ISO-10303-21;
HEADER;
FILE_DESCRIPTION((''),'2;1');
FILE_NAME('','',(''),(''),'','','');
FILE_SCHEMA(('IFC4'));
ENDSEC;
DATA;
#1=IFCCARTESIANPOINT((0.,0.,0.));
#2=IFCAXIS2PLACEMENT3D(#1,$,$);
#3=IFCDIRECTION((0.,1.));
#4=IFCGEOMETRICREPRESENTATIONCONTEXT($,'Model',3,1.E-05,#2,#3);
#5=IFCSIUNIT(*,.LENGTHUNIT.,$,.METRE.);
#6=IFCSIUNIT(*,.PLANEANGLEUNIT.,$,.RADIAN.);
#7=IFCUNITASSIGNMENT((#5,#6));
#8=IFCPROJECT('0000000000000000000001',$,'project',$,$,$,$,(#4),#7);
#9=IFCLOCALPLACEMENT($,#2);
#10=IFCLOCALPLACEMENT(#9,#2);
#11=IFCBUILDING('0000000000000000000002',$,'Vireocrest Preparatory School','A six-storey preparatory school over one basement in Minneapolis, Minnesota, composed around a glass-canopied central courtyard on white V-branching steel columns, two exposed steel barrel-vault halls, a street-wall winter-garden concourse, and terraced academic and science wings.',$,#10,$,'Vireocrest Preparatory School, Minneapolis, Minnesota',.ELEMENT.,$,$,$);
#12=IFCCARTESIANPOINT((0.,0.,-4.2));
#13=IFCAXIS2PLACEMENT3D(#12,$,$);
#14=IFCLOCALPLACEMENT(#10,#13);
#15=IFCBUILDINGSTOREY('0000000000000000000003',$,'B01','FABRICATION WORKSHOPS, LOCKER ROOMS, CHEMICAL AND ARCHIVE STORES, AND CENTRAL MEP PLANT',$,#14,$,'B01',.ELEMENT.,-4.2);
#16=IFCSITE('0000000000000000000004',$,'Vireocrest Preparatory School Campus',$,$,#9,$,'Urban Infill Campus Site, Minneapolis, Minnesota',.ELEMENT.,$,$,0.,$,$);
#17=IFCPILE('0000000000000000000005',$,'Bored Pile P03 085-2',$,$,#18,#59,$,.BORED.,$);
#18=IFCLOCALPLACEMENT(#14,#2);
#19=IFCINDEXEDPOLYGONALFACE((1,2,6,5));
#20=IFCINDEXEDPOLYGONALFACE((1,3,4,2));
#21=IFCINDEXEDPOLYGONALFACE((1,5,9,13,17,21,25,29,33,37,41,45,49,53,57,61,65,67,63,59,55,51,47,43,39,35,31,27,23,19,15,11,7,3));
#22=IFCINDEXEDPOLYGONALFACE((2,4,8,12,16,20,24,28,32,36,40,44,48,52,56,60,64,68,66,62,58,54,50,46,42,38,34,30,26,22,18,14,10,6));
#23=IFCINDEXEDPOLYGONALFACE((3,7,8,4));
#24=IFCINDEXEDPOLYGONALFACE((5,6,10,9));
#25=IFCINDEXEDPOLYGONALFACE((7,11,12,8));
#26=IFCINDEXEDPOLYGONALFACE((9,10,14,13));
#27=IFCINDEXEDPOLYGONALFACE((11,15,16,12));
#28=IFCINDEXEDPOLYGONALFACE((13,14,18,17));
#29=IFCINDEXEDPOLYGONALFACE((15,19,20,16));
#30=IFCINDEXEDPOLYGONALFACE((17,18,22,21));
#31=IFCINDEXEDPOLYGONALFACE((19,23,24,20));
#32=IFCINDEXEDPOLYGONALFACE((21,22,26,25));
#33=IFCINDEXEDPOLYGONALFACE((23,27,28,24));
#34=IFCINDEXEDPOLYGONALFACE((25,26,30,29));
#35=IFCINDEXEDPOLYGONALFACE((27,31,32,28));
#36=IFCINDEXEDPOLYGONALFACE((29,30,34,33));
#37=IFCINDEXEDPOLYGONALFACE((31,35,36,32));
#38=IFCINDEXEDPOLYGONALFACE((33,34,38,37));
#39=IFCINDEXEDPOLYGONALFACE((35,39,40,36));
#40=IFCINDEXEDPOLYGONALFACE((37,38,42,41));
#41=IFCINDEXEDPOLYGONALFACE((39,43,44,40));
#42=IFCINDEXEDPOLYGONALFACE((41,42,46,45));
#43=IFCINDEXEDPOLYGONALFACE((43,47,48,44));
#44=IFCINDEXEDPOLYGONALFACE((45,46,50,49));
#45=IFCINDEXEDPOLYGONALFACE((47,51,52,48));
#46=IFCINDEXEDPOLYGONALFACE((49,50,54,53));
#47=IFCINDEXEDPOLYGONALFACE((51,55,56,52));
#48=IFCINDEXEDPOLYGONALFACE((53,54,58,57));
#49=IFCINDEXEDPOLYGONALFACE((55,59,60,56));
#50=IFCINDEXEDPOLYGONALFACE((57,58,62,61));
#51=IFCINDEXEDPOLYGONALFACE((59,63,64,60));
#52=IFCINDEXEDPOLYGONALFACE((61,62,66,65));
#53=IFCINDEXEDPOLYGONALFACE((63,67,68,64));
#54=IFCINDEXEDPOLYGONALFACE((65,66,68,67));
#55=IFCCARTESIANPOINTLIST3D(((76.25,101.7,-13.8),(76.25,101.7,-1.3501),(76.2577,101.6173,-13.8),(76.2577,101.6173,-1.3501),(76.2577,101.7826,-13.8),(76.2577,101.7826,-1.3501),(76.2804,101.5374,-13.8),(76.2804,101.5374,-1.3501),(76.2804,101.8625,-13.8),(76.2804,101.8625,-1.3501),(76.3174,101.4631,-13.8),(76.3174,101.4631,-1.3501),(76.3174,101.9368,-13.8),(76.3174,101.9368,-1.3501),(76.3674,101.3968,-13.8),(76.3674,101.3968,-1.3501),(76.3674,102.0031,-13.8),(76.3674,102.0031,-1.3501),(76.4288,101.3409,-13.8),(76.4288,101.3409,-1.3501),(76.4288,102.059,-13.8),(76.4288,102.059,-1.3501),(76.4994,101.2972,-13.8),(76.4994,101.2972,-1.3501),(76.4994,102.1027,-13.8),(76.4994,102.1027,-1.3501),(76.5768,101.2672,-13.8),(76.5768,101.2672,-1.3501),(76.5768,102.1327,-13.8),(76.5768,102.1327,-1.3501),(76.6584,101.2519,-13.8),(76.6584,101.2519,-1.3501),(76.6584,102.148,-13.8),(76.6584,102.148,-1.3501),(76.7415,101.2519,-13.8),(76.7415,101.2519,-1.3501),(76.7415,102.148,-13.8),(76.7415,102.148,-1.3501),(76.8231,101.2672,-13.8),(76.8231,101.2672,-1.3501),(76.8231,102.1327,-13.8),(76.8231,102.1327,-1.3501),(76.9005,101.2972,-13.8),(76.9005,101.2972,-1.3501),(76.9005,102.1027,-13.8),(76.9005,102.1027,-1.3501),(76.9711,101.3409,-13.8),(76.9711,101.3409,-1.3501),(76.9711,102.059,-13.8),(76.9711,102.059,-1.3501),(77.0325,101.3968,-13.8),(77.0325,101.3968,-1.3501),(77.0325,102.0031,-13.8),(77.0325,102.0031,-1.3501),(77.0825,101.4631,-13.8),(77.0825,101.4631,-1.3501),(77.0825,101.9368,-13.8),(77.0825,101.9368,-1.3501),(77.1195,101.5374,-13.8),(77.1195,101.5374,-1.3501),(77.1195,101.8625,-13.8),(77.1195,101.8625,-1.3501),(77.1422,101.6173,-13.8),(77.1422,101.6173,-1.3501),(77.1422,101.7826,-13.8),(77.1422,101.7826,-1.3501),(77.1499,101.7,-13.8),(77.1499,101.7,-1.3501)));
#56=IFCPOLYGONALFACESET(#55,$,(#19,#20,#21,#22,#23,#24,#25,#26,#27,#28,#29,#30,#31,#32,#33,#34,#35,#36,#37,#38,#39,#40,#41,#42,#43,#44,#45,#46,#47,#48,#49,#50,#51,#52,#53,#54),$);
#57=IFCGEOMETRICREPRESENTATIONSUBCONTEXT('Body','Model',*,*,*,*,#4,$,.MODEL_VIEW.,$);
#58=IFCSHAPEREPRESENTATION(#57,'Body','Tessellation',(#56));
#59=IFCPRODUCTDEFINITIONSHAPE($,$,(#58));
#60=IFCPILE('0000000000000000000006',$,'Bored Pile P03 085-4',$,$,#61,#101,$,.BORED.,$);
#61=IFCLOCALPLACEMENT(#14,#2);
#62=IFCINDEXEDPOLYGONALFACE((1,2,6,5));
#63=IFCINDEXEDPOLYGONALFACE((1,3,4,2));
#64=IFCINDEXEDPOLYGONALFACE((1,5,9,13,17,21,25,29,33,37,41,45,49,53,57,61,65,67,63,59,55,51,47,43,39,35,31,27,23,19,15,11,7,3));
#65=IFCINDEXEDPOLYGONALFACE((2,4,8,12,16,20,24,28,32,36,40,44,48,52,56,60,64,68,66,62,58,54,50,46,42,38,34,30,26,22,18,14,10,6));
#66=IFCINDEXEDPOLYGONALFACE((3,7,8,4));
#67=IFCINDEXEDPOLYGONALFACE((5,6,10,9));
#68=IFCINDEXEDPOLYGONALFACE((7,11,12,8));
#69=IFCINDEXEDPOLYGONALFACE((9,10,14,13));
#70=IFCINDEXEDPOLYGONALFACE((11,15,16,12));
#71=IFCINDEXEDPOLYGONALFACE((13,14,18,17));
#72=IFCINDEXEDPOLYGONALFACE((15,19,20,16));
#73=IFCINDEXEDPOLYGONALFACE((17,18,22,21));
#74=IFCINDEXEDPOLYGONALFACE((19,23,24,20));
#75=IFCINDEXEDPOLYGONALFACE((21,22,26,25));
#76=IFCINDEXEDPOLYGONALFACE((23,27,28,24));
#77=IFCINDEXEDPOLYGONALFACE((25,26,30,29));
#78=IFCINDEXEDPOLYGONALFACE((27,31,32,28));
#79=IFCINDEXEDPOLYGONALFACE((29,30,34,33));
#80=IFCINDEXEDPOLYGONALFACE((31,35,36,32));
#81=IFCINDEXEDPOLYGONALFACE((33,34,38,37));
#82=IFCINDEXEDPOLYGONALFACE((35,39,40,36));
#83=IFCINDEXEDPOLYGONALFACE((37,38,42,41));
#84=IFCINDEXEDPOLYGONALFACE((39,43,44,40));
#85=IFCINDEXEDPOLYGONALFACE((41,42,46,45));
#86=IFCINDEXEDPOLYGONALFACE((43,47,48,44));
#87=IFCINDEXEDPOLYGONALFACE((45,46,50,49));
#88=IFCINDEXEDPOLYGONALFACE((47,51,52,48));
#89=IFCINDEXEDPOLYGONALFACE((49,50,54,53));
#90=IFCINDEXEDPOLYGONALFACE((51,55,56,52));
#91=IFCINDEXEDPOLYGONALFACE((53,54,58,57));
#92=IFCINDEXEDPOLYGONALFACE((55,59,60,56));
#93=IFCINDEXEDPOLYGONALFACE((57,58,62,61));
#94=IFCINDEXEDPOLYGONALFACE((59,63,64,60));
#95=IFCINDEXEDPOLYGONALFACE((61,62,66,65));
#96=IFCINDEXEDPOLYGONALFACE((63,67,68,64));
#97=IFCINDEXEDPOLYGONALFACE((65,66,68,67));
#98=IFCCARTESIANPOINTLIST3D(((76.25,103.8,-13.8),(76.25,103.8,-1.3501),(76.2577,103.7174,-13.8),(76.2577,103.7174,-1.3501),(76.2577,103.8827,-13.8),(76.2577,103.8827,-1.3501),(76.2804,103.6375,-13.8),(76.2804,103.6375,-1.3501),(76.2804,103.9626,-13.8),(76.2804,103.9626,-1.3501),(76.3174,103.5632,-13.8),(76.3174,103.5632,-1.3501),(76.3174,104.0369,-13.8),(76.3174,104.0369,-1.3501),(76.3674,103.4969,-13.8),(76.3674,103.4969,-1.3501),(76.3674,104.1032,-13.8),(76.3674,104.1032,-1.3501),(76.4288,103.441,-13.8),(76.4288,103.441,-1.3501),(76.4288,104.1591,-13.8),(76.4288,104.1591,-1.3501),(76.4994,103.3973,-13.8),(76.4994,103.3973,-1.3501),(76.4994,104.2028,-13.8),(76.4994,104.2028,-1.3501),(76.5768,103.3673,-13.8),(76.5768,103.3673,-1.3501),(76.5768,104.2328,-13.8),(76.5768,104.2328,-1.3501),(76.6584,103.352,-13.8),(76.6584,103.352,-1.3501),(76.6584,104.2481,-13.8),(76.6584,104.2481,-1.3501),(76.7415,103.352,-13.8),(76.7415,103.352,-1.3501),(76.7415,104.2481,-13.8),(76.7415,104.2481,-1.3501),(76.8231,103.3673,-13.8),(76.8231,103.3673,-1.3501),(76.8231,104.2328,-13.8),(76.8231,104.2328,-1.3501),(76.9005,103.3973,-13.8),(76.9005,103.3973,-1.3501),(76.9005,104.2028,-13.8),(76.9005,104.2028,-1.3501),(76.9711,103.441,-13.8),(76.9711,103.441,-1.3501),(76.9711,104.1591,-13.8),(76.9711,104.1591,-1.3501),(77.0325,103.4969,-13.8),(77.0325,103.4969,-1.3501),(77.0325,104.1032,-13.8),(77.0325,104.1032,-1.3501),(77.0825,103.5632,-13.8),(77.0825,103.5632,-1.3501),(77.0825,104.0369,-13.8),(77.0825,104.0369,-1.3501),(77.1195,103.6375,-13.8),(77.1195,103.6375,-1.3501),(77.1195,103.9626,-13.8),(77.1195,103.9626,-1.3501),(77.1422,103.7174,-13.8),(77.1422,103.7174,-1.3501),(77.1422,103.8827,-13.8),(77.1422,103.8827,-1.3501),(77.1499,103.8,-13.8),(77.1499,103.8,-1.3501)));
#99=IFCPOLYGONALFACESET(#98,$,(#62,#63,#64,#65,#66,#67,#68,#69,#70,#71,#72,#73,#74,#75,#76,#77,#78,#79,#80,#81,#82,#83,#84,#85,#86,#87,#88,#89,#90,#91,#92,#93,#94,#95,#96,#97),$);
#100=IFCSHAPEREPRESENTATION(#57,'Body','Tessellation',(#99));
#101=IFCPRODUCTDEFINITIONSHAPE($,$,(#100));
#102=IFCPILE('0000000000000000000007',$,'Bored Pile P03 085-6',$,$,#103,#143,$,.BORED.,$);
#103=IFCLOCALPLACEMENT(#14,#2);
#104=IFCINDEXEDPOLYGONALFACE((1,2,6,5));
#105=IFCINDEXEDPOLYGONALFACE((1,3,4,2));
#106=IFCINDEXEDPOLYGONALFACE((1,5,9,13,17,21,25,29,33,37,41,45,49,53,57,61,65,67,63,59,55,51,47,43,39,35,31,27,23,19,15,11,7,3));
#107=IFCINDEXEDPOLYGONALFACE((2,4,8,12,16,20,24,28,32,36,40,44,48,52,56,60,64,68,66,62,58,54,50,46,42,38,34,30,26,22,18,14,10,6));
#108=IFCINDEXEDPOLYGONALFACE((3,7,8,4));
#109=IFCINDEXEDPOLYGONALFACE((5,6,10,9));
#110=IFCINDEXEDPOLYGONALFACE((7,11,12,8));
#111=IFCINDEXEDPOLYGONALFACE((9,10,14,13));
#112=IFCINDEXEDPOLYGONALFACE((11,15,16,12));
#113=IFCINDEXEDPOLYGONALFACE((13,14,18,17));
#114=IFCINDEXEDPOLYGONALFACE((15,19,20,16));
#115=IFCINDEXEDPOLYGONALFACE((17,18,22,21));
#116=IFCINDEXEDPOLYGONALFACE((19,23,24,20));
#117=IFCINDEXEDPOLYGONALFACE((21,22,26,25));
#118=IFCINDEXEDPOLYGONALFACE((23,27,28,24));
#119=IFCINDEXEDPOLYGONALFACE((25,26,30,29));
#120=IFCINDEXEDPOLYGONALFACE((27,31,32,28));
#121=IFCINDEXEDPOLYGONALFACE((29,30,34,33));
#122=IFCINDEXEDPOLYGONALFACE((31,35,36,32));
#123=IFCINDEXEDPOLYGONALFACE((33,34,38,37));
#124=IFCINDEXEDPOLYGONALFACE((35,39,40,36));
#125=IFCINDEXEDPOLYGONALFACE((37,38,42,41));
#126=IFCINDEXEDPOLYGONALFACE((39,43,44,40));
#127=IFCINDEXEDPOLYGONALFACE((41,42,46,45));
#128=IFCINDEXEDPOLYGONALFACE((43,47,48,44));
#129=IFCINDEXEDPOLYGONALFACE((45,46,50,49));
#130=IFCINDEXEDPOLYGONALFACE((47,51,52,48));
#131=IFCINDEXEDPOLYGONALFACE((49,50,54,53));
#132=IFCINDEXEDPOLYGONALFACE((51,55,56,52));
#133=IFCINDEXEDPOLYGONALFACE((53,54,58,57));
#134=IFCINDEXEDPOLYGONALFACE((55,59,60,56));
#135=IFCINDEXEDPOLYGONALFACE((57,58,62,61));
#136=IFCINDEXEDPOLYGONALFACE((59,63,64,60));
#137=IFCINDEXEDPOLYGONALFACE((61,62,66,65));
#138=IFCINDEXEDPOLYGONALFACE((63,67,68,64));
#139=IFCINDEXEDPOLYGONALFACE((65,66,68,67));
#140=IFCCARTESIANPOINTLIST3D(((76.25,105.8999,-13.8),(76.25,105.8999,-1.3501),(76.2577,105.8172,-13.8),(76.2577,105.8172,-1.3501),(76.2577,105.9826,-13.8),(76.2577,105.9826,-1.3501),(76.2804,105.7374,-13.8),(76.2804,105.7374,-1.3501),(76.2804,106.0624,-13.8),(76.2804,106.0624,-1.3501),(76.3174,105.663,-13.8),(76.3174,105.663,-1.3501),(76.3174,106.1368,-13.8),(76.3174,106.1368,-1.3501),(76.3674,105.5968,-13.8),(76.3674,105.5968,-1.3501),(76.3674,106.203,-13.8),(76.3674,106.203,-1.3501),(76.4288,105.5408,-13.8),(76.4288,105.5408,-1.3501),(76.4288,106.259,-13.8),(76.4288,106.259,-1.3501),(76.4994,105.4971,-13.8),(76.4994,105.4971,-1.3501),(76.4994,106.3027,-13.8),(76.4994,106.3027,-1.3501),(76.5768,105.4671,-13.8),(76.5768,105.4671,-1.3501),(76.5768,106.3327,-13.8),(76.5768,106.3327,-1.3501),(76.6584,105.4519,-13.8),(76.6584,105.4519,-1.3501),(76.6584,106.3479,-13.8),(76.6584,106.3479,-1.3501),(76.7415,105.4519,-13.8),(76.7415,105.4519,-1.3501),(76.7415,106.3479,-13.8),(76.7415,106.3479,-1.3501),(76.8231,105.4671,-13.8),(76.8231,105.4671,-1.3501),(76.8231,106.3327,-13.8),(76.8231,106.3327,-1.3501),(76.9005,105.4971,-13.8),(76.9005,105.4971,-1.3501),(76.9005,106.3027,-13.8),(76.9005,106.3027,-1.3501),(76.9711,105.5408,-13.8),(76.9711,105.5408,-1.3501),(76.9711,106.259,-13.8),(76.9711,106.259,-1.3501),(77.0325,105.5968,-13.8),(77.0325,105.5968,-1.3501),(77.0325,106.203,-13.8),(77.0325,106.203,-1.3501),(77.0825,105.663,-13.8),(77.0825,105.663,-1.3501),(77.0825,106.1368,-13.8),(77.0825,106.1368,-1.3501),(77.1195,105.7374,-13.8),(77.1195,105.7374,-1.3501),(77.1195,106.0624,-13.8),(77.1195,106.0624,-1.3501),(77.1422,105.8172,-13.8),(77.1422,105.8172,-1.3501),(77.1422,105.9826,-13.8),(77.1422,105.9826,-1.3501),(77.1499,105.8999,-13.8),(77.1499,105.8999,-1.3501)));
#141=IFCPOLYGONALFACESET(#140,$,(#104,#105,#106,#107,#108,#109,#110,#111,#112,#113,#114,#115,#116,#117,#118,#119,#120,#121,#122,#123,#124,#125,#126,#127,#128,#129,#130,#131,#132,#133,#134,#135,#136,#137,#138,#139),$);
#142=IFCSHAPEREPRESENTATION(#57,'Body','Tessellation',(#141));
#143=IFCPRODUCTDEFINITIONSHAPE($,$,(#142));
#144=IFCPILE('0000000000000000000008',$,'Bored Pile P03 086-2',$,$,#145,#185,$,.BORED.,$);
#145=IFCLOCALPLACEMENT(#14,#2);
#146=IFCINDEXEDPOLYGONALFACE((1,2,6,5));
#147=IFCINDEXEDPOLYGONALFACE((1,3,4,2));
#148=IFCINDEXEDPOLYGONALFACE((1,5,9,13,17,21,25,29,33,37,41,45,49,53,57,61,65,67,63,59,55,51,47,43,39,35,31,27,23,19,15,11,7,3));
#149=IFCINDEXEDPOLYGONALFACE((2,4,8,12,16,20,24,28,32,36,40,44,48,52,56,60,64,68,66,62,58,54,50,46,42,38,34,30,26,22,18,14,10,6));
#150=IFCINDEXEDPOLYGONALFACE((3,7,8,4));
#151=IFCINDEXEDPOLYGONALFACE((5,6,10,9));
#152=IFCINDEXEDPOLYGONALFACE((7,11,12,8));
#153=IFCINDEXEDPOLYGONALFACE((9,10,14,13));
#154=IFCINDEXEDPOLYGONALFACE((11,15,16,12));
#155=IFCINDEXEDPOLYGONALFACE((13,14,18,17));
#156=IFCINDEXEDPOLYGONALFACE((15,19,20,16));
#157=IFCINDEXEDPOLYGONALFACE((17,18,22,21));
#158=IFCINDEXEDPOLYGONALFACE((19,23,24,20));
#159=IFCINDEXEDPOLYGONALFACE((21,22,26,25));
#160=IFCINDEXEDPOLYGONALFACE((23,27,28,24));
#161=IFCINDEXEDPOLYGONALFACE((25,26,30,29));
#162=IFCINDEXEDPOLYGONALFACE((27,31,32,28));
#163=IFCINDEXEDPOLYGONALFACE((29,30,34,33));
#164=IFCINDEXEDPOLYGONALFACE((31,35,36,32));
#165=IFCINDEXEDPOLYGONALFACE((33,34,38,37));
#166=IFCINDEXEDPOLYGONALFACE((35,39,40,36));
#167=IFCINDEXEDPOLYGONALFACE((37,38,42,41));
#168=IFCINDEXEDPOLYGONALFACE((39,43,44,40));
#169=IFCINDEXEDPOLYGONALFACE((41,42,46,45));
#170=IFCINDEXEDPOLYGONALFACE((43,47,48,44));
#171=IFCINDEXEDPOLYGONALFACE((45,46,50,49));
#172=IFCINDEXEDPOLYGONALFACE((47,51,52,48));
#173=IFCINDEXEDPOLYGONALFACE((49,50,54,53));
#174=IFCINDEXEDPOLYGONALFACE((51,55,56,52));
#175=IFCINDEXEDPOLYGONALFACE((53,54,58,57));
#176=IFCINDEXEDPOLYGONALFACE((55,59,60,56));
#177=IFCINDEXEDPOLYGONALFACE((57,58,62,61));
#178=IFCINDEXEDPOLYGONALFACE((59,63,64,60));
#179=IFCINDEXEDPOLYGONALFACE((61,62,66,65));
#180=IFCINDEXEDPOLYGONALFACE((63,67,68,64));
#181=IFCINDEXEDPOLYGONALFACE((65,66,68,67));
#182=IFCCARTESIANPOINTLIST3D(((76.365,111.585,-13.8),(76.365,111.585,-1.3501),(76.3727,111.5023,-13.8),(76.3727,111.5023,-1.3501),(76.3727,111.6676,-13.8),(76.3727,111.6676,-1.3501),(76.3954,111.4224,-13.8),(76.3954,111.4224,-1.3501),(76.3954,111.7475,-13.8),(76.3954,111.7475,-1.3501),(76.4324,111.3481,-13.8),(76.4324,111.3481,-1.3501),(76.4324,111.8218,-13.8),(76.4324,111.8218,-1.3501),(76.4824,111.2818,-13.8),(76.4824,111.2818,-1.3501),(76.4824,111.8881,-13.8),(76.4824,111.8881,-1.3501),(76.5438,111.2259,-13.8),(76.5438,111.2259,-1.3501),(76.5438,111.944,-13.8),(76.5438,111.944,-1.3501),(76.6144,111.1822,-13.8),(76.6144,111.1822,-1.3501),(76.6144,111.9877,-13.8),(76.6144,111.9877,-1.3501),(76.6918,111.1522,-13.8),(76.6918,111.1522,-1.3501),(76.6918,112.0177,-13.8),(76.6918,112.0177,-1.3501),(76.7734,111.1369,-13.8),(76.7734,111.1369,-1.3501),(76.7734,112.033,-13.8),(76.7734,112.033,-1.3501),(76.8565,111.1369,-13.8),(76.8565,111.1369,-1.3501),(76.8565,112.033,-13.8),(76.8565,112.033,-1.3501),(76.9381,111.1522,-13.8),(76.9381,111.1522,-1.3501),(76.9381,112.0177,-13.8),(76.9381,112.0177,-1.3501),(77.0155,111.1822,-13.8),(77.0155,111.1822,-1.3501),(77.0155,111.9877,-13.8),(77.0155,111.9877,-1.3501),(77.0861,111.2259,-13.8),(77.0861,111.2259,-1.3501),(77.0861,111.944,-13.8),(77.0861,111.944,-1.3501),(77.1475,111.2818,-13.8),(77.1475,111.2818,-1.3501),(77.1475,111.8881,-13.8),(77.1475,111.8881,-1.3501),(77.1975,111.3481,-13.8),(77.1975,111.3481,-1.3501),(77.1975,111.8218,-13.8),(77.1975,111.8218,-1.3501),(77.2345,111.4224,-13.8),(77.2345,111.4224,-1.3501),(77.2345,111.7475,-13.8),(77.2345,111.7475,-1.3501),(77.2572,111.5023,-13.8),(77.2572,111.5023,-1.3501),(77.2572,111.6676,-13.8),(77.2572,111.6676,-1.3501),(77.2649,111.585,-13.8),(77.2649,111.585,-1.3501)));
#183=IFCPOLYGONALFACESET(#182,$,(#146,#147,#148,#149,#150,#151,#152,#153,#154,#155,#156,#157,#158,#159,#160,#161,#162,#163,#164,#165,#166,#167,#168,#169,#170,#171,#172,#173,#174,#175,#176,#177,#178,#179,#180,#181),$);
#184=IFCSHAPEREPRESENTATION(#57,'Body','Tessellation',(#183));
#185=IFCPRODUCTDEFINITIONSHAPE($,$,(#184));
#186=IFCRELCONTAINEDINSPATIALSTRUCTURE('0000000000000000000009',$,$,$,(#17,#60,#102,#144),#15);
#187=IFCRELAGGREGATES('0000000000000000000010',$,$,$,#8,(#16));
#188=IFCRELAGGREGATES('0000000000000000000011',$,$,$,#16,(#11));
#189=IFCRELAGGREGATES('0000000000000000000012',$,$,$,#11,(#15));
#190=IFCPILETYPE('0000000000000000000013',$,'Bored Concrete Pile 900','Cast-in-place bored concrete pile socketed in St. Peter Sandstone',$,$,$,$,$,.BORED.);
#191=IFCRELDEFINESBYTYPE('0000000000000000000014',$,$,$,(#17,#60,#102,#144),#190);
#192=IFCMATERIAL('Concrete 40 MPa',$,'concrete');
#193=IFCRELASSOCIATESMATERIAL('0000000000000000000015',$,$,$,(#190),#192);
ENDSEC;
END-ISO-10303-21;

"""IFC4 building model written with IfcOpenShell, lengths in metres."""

from ifc_helpers import new_model, si_unit, direction, frame, origin, origin_2d, place, context, subcontext, project, spatial, circle, extrude, material, material_profile, profile_set, type_object, element, save


model = new_model("IFC4")

# Units and contexts
model_context = context("Model", 3, precision=1e-05, world=origin(), true_north=direction((0.0, 1.0)))
body_context = subcontext(model_context, "Body", "Model", "MODEL_VIEW")
ifc_project = project(units=[si_unit("LENGTHUNIT", "METRE"), si_unit("PLANEANGLEUNIT", "RADIAN")], contexts=[model_context])

# Site, building, storey
site_placement = place(None, origin())
site = spatial("IfcSite", under=ifc_project, at=site_placement, Name="Vireocrest Preparatory School Campus", LongName="Urban Infill Campus Site, Minneapolis, Minnesota", CompositionType="ELEMENT", RefElevation=0.0)
building_placement = place(site_placement, origin())
building = spatial("IfcBuilding", under=site, at=building_placement, Name="Vireocrest Preparatory School", Description="A six-storey preparatory school over one basement in Minneapolis, Minnesota, composed around a glass-canopied central courtyard on white V-branching steel columns, two exposed steel barrel-vault halls, a street-wall winter-garden concourse, and terraced academic and science wings.", LongName="Vireocrest Preparatory School, Minneapolis, Minnesota", CompositionType="ELEMENT")
storey_placement = place(building_placement, frame((0.0, 0.0, -4.2)))
storey = spatial("IfcBuildingStorey", under=building, at=storey_placement, Name="B01", Description="FABRICATION WORKSHOPS, LOCKER ROOMS, CHEMICAL AND ARCHIVE STORES, AND CENTRAL MEP PLANT", LongName="B01", CompositionType="ELEMENT", Elevation=-4.2)

# Piles
ifc_material_1 = material(Name="Concrete 40 MPa", Category="concrete")
ifc_material_profile_1 = material_profile(ifc_material_1, circle(Radius=0.45, at=origin_2d()), Name="BORED PILE 900")
ifc_profile_set_1 = profile_set([ifc_material_profile_1], Name="Concrete 40 MPa")
pile_type = type_object("IfcPileType", Name="Bored Concrete Pile 900", Description="Cast-in-place bored concrete pile socketed in St. Peter Sandstone", PredefinedType="BORED", material=ifc_profile_set_1)
for number, where, z_axis, x_axis, name in (
    (1, (76.7, 101.7, -1.3501), (0.0, 0.0, -1.0), (1.0, 0.0, 0.0), "Bored Pile P03 085-2"),
    (2, (76.7, 103.8, -1.3501), (0.0, 0.0, -1.0), (1.0, 0.0, 0.0), "Bored Pile P03 085-4"),
    (3, (76.7, 105.8999, -1.3501), (0.0, 0.0, -1.0), (1.0, 0.0, 0.0), "Bored Pile P03 085-6"),
    (4, (76.8149, 111.585, -1.3501), (0.0, 0.0, -1.0), (1.0, 0.0, 0.0), "Bored Pile P03 086-2"),
):
    element("IfcPile", number, at=place(storey_placement, frame(where, z_axis=z_axis, x_axis=x_axis)), inside=storey, type_object=pile_type, Name=name, PredefinedType="BORED", context=body_context, shape_type="SweptSolid", body=[
        extrude(circle(Radius=0.45, at=origin_2d()), origin(), (0.0, 0.0, 1.0), 12.45),
    ])

save(model, "model.ifc")
